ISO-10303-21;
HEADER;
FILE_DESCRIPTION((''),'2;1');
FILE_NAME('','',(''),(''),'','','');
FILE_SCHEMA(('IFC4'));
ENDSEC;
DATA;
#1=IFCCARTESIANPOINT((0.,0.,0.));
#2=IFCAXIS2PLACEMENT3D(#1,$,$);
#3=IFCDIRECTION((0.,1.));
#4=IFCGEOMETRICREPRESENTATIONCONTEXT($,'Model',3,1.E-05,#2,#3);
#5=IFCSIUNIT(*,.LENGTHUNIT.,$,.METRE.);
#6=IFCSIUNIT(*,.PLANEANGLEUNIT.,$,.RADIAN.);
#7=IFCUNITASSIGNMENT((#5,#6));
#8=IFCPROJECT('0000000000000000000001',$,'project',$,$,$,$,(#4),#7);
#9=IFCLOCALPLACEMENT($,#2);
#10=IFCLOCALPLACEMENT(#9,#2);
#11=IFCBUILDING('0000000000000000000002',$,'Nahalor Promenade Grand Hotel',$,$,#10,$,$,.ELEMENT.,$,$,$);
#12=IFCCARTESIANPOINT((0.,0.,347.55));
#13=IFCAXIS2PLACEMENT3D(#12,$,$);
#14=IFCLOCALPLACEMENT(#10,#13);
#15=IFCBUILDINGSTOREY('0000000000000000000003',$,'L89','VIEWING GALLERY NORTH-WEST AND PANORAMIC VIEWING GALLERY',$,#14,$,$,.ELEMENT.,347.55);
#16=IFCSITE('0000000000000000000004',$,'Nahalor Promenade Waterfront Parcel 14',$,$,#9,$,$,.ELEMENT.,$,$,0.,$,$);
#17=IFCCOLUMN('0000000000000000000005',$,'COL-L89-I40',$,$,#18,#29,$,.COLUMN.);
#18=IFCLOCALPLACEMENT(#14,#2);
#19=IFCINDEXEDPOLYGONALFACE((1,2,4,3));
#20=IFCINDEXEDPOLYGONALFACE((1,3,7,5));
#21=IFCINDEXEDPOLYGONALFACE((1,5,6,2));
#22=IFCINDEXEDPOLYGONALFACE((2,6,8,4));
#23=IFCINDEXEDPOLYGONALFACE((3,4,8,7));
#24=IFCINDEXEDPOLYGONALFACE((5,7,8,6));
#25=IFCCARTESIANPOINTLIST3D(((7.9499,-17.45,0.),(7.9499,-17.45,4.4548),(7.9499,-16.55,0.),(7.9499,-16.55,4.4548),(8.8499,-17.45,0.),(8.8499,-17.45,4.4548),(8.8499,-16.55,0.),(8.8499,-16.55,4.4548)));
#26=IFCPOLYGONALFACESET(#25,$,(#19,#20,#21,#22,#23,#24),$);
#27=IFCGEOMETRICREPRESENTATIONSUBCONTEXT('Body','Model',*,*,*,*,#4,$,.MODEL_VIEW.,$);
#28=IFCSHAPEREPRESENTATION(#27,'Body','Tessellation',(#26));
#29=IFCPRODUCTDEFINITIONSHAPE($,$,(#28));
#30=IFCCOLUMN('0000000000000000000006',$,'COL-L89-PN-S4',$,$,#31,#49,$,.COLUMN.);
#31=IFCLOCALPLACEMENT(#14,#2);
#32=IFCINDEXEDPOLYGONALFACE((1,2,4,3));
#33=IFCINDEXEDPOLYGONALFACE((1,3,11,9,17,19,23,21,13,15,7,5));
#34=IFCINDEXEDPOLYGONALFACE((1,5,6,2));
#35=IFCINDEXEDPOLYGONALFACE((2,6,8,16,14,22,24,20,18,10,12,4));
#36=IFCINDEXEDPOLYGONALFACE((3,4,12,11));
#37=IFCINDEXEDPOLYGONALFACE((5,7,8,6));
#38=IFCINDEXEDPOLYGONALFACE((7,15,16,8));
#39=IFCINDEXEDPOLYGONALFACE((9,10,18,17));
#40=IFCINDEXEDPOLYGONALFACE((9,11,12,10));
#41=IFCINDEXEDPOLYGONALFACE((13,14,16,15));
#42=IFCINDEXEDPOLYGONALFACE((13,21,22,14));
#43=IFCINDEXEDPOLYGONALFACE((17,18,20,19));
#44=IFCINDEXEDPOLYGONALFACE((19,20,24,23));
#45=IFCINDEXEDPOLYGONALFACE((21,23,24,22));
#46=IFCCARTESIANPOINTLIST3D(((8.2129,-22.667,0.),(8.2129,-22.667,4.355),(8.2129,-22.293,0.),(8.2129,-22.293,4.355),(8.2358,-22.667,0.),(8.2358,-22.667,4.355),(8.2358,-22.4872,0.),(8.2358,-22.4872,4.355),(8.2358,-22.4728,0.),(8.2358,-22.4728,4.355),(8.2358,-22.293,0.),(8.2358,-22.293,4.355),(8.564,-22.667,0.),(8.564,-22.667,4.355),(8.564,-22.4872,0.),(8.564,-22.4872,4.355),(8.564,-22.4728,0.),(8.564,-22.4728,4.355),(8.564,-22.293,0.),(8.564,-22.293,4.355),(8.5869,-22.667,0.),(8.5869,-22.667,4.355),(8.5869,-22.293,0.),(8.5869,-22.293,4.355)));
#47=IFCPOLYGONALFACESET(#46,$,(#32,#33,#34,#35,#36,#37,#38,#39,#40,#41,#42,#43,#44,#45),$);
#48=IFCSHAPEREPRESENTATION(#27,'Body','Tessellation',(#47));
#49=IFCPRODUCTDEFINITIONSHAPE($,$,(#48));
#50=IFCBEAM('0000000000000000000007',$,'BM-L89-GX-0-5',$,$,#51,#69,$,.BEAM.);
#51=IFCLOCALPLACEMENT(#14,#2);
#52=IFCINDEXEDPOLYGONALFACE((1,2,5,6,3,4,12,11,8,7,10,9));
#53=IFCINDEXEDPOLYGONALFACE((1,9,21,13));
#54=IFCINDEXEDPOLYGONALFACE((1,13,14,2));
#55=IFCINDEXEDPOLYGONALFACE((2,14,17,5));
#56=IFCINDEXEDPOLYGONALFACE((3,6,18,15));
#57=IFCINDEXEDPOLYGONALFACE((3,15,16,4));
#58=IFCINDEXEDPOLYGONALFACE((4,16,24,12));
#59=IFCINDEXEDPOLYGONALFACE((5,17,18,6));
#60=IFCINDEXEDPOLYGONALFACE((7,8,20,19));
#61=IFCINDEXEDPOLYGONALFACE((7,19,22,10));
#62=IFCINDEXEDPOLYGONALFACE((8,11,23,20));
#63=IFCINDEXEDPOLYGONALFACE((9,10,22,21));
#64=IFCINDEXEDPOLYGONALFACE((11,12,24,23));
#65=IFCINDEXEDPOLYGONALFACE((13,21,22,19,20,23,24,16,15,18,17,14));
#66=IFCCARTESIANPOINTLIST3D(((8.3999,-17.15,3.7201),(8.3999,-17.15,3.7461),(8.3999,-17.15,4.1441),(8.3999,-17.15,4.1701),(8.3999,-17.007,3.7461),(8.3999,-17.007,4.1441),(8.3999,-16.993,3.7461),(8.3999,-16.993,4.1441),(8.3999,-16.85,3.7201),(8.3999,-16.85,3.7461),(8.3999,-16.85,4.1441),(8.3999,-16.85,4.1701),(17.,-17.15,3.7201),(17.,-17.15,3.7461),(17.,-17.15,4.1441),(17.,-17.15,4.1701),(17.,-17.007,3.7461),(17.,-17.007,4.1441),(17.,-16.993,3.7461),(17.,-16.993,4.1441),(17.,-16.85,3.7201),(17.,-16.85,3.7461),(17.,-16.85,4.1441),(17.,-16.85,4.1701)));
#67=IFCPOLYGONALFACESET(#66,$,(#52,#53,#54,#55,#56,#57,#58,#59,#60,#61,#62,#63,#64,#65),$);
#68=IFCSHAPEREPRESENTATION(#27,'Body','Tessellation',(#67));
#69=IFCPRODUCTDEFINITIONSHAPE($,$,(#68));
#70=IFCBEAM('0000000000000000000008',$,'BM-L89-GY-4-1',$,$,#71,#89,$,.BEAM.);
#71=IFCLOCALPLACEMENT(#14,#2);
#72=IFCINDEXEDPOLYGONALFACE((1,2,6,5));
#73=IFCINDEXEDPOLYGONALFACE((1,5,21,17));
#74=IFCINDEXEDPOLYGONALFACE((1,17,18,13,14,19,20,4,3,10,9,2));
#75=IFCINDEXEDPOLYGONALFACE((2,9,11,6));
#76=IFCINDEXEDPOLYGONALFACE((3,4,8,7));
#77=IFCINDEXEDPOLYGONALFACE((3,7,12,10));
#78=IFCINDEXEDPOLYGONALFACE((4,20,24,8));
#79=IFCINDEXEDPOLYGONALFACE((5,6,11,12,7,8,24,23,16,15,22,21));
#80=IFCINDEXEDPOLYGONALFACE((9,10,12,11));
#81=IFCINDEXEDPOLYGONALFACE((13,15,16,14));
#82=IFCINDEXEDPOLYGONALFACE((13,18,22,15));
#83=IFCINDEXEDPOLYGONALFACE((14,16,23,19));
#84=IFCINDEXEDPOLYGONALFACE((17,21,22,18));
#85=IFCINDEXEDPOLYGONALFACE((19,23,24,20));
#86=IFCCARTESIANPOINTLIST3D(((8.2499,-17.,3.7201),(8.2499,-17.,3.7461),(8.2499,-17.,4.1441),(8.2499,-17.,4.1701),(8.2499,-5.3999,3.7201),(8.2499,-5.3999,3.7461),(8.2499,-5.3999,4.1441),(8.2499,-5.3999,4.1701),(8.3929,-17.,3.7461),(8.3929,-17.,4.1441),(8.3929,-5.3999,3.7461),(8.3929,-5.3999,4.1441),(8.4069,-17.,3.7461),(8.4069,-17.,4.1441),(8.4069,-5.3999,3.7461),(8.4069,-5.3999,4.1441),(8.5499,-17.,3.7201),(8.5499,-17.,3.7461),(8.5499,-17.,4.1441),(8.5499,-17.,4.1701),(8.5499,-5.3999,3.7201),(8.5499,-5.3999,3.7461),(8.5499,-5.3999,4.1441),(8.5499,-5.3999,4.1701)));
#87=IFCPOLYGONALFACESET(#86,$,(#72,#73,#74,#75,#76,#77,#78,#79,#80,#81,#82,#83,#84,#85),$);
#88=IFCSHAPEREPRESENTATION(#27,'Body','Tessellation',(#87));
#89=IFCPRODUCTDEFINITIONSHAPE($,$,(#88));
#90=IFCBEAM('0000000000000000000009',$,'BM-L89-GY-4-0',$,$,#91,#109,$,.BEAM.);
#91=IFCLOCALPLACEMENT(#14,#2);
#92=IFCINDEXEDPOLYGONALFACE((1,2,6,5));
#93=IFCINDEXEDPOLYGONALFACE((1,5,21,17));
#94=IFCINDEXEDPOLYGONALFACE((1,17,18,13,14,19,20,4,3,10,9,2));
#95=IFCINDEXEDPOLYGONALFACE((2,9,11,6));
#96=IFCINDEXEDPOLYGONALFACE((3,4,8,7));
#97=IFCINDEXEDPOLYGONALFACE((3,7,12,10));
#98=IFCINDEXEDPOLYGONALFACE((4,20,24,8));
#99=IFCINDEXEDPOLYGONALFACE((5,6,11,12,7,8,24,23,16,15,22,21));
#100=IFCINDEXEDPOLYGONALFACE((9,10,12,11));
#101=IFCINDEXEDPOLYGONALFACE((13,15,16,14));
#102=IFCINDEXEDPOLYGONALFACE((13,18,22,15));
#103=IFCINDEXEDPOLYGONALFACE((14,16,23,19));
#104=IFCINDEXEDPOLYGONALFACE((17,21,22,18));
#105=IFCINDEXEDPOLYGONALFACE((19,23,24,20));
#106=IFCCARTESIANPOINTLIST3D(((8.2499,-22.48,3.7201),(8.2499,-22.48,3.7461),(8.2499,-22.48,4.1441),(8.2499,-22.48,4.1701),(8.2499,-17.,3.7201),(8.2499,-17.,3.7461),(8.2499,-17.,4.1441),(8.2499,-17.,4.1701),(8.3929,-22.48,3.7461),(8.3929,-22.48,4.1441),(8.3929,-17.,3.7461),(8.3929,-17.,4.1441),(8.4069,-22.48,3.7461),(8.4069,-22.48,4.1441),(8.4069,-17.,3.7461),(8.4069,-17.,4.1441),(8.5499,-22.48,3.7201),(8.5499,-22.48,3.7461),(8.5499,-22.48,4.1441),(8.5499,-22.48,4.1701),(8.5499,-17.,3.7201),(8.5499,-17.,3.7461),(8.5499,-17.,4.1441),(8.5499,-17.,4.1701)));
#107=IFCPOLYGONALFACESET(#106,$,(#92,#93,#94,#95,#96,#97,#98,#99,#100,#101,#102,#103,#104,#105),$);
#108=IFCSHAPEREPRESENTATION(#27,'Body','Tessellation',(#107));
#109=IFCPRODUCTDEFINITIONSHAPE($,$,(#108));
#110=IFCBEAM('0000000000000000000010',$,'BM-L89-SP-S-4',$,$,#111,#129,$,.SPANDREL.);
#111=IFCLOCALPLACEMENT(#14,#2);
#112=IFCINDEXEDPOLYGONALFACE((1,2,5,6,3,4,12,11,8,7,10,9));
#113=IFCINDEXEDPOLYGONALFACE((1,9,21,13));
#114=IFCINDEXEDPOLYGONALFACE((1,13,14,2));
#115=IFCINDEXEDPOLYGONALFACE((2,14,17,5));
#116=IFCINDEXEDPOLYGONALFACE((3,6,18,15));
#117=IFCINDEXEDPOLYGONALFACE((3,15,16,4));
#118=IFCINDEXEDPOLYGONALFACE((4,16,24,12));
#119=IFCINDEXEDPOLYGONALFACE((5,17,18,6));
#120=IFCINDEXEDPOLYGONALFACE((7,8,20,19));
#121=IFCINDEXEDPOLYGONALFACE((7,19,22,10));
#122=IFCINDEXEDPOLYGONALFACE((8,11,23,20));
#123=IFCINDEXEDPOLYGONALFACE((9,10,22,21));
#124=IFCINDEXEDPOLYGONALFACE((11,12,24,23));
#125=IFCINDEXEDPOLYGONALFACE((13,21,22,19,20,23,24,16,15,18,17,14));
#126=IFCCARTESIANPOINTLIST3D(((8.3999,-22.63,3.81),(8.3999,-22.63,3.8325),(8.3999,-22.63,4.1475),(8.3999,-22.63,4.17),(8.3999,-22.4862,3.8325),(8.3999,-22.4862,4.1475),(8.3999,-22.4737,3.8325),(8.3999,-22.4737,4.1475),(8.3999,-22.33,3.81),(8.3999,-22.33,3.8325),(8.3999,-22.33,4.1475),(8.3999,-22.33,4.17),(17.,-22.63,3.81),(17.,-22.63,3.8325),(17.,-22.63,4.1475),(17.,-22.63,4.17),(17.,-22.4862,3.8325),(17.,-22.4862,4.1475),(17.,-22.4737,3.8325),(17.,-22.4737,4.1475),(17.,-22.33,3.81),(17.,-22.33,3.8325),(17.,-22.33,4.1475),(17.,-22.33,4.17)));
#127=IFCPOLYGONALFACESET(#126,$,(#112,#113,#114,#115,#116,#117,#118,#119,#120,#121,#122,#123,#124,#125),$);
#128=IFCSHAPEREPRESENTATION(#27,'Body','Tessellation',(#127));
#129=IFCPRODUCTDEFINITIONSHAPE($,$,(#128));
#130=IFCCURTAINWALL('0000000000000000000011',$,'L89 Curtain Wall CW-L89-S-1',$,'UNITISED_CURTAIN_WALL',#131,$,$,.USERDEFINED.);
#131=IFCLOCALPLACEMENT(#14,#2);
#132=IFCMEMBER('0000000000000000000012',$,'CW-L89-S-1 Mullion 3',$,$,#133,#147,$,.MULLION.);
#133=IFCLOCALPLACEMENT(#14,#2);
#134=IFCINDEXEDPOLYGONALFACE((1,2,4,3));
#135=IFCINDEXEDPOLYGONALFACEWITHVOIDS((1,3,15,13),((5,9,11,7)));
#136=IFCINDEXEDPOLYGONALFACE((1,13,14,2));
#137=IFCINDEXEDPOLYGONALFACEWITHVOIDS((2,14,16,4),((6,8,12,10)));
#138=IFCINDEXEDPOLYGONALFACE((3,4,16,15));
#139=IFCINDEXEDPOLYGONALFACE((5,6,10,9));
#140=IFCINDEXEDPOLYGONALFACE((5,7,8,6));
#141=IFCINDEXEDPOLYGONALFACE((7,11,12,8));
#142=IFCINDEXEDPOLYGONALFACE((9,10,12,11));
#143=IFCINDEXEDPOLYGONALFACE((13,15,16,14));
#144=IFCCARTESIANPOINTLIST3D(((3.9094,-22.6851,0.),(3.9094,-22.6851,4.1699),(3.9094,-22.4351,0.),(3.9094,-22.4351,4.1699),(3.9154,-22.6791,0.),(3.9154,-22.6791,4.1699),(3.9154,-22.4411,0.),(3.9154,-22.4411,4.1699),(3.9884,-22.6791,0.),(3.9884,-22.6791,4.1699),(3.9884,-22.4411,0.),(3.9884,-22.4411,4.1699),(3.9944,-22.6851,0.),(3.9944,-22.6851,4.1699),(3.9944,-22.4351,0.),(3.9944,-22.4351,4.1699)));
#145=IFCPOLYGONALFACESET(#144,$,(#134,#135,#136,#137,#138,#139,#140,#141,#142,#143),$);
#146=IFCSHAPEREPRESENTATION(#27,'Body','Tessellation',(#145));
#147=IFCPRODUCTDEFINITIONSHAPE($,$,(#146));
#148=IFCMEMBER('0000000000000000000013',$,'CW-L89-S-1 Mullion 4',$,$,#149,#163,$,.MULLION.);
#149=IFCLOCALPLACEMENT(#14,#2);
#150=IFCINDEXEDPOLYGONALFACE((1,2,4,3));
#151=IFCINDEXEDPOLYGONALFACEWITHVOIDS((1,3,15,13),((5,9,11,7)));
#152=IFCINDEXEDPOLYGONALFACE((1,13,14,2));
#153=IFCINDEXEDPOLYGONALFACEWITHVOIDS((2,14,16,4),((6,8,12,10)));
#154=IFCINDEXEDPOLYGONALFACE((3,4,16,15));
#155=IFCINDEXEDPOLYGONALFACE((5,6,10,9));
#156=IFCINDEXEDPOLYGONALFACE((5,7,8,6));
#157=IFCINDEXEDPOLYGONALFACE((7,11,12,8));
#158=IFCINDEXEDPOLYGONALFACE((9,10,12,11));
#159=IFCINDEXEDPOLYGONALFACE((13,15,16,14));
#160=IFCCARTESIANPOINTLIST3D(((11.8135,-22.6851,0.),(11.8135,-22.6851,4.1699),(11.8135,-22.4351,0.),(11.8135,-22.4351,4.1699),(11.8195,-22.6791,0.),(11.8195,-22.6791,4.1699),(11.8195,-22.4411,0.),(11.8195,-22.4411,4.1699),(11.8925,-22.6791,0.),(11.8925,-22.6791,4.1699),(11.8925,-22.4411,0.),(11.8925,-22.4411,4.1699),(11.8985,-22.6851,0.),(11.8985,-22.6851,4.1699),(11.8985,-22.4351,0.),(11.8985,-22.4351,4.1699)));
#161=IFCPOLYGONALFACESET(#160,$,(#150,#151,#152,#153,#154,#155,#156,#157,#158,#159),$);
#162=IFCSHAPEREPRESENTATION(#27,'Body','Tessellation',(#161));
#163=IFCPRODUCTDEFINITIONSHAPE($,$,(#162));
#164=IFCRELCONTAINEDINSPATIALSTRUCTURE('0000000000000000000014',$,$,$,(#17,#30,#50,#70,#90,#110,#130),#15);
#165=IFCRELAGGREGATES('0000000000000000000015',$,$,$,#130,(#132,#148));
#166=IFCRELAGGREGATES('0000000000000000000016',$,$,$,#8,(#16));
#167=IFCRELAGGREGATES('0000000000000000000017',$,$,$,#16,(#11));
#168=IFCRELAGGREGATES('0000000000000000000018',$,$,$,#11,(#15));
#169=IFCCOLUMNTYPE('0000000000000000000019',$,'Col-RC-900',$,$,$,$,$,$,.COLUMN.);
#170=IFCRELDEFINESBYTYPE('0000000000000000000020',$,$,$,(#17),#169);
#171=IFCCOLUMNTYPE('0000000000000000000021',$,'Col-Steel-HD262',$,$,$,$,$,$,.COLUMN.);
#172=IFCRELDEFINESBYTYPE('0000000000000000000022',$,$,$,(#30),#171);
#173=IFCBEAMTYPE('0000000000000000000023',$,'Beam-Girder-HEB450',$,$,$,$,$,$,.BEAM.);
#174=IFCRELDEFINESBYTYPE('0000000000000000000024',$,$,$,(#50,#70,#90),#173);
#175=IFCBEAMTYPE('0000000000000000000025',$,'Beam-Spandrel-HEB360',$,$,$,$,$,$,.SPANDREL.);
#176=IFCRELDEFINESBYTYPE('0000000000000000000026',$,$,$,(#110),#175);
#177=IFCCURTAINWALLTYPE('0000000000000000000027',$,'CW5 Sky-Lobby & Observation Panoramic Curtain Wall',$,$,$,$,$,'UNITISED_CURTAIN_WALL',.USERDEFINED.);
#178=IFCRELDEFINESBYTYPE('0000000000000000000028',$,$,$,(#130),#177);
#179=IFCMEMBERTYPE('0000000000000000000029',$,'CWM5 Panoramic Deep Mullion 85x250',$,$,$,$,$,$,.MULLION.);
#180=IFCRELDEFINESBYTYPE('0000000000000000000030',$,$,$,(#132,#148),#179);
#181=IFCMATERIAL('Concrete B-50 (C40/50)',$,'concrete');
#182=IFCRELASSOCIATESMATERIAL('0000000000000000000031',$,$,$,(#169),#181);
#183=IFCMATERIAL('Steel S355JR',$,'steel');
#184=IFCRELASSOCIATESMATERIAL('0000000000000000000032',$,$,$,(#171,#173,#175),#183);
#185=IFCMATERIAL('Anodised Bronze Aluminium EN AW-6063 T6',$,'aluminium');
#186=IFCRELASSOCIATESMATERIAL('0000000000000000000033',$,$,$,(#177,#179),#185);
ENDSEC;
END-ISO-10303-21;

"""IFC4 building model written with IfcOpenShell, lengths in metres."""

from ifc_helpers import new_model, si_unit, direction, frame, origin, origin_2d, place, context, subcontext, project, spatial, rectangle, hollow_rectangle, i_section, extrude, source, transform, mapped, material, material_profile, profile_set, type_object, element, aggregate, save


model = new_model("IFC4")

# Units and contexts
model_context = context("Model", 3, precision=1e-05, world=origin(), true_north=direction((0.0, 1.0)))
body_context = subcontext(model_context, "Body", "Model", "MODEL_VIEW")
ifc_project = project(units=[si_unit("LENGTHUNIT", "METRE"), si_unit("PLANEANGLEUNIT", "RADIAN")], contexts=[model_context])

# Site, building, storey
site_placement = place(None, origin())
site = spatial("IfcSite", under=ifc_project, at=site_placement, Name="Nahalor Promenade Waterfront Parcel 14", CompositionType="ELEMENT", RefElevation=0.0)
building_placement = place(site_placement, origin())
building = spatial("IfcBuilding", under=site, at=building_placement, Name="Nahalor Promenade Grand Hotel", CompositionType="ELEMENT")
storey_placement = place(building_placement, frame((0.0, 0.0, 347.55)))
storey = spatial("IfcBuildingStorey", under=building, at=storey_placement, Name="L89", Description="VIEWING GALLERY NORTH-WEST AND PANORAMIC VIEWING GALLERY", CompositionType="ELEMENT", Elevation=347.55)

# Columns
ifc_material_1 = material(Name="Concrete B-50 (C40/50)", Category="concrete")
ifc_material_profile_1 = material_profile(ifc_material_1, rectangle(XDim=0.9, YDim=0.9, at=origin_2d()), Name="RC 900x900")
ifc_profile_set_1 = profile_set([ifc_material_profile_1], Name="Concrete B-50 (C40/50)")
column_type_1 = type_object("IfcColumnType", Name="Col-RC-900", PredefinedType="COLUMN", material=ifc_profile_set_1)
shared_shape_1 = source(origin(), body_context, "Body", "SweptSolid", [
    extrude(rectangle(XDim=0.9, YDim=0.9, at=origin_2d()), origin(), (0.0, 0.0, 1.0), 4.4548),
])
column_1_placement = place(storey_placement, frame((8.3999, -17.0, 0.0), z_axis=(0.0, 0.0, 1.0), x_axis=(1.0, 0.0, 0.0)))
element("IfcColumn", 1, at=column_1_placement, inside=storey, type_object=column_type_1, Name="COL-L89-I40", PredefinedType="COLUMN", context=body_context, shape_type="MappedRepresentation", body=[
    mapped(shared_shape_1, transform((0.0, 0.0, 0.0), scale=1.0)),
])
ifc_material_2 = material(Name="Steel S355JR", Category="steel")
ifc_material_profile_2 = material_profile(ifc_material_2, i_section(OverallWidth=0.374, OverallDepth=0.374, WebThickness=0.0144, FlangeThickness=0.0229, at=origin_2d()), Name="HD 360x262")
ifc_profile_set_2 = profile_set([ifc_material_profile_2], Name="Steel S355JR")
column_type_2 = type_object("IfcColumnType", Name="Col-Steel-HD262", PredefinedType="COLUMN", material=ifc_profile_set_2)
shared_shape_2 = source(origin(), body_context, "Body", "SweptSolid", [
    extrude(i_section(OverallWidth=0.374, OverallDepth=0.374, WebThickness=0.0144, FlangeThickness=0.0229, at=origin_2d()), origin(), (0.0, 0.0, 1.0), 4.355),
])
column_2_placement = place(storey_placement, frame((8.3999, -22.48, 0.0), z_axis=(0.0, 0.0, 1.0), x_axis=(0.0, 1.0, 0.0)))
element("IfcColumn", 2, at=column_2_placement, inside=storey, type_object=column_type_2, Name="COL-L89-PN-S4", PredefinedType="COLUMN", context=body_context, shape_type="MappedRepresentation", body=[
    mapped(shared_shape_2, transform((0.0, 0.0, 0.0), scale=1.0)),
])

# Beams
ifc_material_profile_3 = material_profile(ifc_material_2, i_section(OverallWidth=0.3, OverallDepth=0.45, WebThickness=0.014, FlangeThickness=0.026, at=origin_2d()), Name="HEB 450")
ifc_profile_set_3 = profile_set([ifc_material_profile_3], Name="Steel S355JR")
beam_type_1 = type_object("IfcBeamType", Name="Beam-Girder-HEB450", PredefinedType="BEAM", material=ifc_profile_set_3)
shared_shape_3 = source(origin(), body_context, "Body", "SweptSolid", [
    extrude(i_section(OverallWidth=0.3, OverallDepth=0.45, WebThickness=0.014, FlangeThickness=0.026, at=origin_2d()), origin(), (0.0, 0.0, 1.0), 8.6001),
])
beam_1_placement = place(storey_placement, frame((8.3999, -17.0, 3.9451), z_axis=(1.0, 0.0, 0.0), x_axis=(0.0, 1.0, 0.0)))
element("IfcBeam", 3, at=beam_1_placement, inside=storey, type_object=beam_type_1, Name="BM-L89-GX-0-5", PredefinedType="BEAM", context=body_context, shape_type="MappedRepresentation", body=[
    mapped(shared_shape_3, transform((0.0, 0.0, 0.0), scale=1.0)),
])
shared_shape_4 = source(origin(), body_context, "Body", "SweptSolid", [
    extrude(i_section(OverallWidth=0.3, OverallDepth=0.45, WebThickness=0.014, FlangeThickness=0.026, at=origin_2d()), origin(), (0.0, 0.0, 1.0), 11.6001),
])
beam_2_placement = place(storey_placement, frame((8.3999, -17.0, 3.9451), z_axis=(0.0, 1.0, 0.0), x_axis=(-1.0, 0.0, 0.0)))
element("IfcBeam", 4, at=beam_2_placement, inside=storey, type_object=beam_type_1, Name="BM-L89-GY-4-1", PredefinedType="BEAM", context=body_context, shape_type="MappedRepresentation", body=[
    mapped(shared_shape_4, transform((0.0, 0.0, 0.0), scale=1.0)),
])
shared_shape_5 = source(origin(), body_context, "Body", "SweptSolid", [
    extrude(i_section(OverallWidth=0.3, OverallDepth=0.45, WebThickness=0.014, FlangeThickness=0.026, at=origin_2d()), origin(), (0.0, 0.0, 1.0), 5.48),
])
beam_3_placement = place(storey_placement, frame((8.3999, -22.48, 3.9451), z_axis=(0.0, 1.0, 0.0), x_axis=(-1.0, 0.0, 0.0)))
element("IfcBeam", 5, at=beam_3_placement, inside=storey, type_object=beam_type_1, Name="BM-L89-GY-4-0", PredefinedType="BEAM", context=body_context, shape_type="MappedRepresentation", body=[
    mapped(shared_shape_5, transform((0.0, 0.0, 0.0), scale=1.0)),
])
ifc_material_profile_4 = material_profile(ifc_material_2, i_section(OverallWidth=0.3, OverallDepth=0.36, WebThickness=0.0125, FlangeThickness=0.0225, at=origin_2d()), Name="HEB 360")
ifc_profile_set_4 = profile_set([ifc_material_profile_4], Name="Steel S355JR")
beam_type_2 = type_object("IfcBeamType", Name="Beam-Spandrel-HEB360", PredefinedType="SPANDREL", material=ifc_profile_set_4)
shared_shape_6 = source(origin(), body_context, "Body", "SweptSolid", [
    extrude(i_section(OverallWidth=0.3, OverallDepth=0.36, WebThickness=0.0125, FlangeThickness=0.0225, at=origin_2d()), origin(), (0.0, 0.0, 1.0), 8.6001),
])
beam_4_placement = place(storey_placement, frame((8.3999, -22.48, 3.99), z_axis=(1.0, 0.0, 0.0), x_axis=(0.0, 1.0, 0.0)))
element("IfcBeam", 6, at=beam_4_placement, inside=storey, type_object=beam_type_2, Name="BM-L89-SP-S-4", PredefinedType="SPANDREL", context=body_context, shape_type="MappedRepresentation", body=[
    mapped(shared_shape_6, transform((0.0, 0.0, 0.0), scale=1.0)),
])

# Curtain wall, members
ifc_material_3 = material(Name="Anodised Bronze Aluminium EN AW-6063 T6", Category="aluminium")
curtain_wall_type = type_object("IfcCurtainWallType", Name="CW5 Sky-Lobby & Observation Panoramic Curtain Wall", ElementType="UNITISED_CURTAIN_WALL", PredefinedType="USERDEFINED", material=ifc_material_3)
curtain_wall_placement = place(storey_placement, origin())
curtain_wall = element("IfcCurtainWall", 7, at=curtain_wall_placement, inside=storey, type_object=curtain_wall_type, Name="L89 Curtain Wall CW-L89-S-1", ObjectType="UNITISED_CURTAIN_WALL", PredefinedType="USERDEFINED")
ifc_material_profile_5 = material_profile(ifc_material_3, hollow_rectangle(XDim=0.085, YDim=0.25, WallThickness=0.006, at=origin_2d()), Name="CWM 85x250x6")
ifc_profile_set_5 = profile_set([ifc_material_profile_5], Name="Anodised Bronze Aluminium EN AW-6063 T6")
member_type_1 = type_object("IfcMemberType", Name="CWM5 Panoramic Deep Mullion 85x250", PredefinedType="MULLION", material=ifc_profile_set_5)
shared_shape_7 = source(origin(), body_context, "Body", "SweptSolid", [
    extrude(hollow_rectangle(XDim=0.085, YDim=0.25, WallThickness=0.006, at=origin_2d()), origin(), (0.0, 0.0, 1.0), 4.1699),
])
member_1_placement = place(storey_placement, frame((3.9519, -22.5601, 0.0), z_axis=(0.0, 0.0, 1.0), x_axis=(1.0, 0.0, 0.0)))
member_1 = element("IfcMember", 8, at=member_1_placement, type_object=member_type_1, Name="CW-L89-S-1 Mullion 3", PredefinedType="MULLION", context=body_context, shape_type="MappedRepresentation", body=[
    mapped(shared_shape_7, transform((0.0, 0.0, 0.0), scale=1.0)),
])
member_2_placement = place(storey_placement, frame((11.856, -22.5601, 0.0), z_axis=(0.0, 0.0, 1.0), x_axis=(1.0, 0.0, 0.0)))
member_2 = element("IfcMember", 9, at=member_2_placement, type_object=member_type_1, Name="CW-L89-S-1 Mullion 4", PredefinedType="MULLION", context=body_context, shape_type="MappedRepresentation", body=[
    mapped(shared_shape_7, transform((0.0, 0.0, 0.0), scale=1.0)),
])
aggregate(curtain_wall, [member_1, member_2])

save(model, "model.ifc")
